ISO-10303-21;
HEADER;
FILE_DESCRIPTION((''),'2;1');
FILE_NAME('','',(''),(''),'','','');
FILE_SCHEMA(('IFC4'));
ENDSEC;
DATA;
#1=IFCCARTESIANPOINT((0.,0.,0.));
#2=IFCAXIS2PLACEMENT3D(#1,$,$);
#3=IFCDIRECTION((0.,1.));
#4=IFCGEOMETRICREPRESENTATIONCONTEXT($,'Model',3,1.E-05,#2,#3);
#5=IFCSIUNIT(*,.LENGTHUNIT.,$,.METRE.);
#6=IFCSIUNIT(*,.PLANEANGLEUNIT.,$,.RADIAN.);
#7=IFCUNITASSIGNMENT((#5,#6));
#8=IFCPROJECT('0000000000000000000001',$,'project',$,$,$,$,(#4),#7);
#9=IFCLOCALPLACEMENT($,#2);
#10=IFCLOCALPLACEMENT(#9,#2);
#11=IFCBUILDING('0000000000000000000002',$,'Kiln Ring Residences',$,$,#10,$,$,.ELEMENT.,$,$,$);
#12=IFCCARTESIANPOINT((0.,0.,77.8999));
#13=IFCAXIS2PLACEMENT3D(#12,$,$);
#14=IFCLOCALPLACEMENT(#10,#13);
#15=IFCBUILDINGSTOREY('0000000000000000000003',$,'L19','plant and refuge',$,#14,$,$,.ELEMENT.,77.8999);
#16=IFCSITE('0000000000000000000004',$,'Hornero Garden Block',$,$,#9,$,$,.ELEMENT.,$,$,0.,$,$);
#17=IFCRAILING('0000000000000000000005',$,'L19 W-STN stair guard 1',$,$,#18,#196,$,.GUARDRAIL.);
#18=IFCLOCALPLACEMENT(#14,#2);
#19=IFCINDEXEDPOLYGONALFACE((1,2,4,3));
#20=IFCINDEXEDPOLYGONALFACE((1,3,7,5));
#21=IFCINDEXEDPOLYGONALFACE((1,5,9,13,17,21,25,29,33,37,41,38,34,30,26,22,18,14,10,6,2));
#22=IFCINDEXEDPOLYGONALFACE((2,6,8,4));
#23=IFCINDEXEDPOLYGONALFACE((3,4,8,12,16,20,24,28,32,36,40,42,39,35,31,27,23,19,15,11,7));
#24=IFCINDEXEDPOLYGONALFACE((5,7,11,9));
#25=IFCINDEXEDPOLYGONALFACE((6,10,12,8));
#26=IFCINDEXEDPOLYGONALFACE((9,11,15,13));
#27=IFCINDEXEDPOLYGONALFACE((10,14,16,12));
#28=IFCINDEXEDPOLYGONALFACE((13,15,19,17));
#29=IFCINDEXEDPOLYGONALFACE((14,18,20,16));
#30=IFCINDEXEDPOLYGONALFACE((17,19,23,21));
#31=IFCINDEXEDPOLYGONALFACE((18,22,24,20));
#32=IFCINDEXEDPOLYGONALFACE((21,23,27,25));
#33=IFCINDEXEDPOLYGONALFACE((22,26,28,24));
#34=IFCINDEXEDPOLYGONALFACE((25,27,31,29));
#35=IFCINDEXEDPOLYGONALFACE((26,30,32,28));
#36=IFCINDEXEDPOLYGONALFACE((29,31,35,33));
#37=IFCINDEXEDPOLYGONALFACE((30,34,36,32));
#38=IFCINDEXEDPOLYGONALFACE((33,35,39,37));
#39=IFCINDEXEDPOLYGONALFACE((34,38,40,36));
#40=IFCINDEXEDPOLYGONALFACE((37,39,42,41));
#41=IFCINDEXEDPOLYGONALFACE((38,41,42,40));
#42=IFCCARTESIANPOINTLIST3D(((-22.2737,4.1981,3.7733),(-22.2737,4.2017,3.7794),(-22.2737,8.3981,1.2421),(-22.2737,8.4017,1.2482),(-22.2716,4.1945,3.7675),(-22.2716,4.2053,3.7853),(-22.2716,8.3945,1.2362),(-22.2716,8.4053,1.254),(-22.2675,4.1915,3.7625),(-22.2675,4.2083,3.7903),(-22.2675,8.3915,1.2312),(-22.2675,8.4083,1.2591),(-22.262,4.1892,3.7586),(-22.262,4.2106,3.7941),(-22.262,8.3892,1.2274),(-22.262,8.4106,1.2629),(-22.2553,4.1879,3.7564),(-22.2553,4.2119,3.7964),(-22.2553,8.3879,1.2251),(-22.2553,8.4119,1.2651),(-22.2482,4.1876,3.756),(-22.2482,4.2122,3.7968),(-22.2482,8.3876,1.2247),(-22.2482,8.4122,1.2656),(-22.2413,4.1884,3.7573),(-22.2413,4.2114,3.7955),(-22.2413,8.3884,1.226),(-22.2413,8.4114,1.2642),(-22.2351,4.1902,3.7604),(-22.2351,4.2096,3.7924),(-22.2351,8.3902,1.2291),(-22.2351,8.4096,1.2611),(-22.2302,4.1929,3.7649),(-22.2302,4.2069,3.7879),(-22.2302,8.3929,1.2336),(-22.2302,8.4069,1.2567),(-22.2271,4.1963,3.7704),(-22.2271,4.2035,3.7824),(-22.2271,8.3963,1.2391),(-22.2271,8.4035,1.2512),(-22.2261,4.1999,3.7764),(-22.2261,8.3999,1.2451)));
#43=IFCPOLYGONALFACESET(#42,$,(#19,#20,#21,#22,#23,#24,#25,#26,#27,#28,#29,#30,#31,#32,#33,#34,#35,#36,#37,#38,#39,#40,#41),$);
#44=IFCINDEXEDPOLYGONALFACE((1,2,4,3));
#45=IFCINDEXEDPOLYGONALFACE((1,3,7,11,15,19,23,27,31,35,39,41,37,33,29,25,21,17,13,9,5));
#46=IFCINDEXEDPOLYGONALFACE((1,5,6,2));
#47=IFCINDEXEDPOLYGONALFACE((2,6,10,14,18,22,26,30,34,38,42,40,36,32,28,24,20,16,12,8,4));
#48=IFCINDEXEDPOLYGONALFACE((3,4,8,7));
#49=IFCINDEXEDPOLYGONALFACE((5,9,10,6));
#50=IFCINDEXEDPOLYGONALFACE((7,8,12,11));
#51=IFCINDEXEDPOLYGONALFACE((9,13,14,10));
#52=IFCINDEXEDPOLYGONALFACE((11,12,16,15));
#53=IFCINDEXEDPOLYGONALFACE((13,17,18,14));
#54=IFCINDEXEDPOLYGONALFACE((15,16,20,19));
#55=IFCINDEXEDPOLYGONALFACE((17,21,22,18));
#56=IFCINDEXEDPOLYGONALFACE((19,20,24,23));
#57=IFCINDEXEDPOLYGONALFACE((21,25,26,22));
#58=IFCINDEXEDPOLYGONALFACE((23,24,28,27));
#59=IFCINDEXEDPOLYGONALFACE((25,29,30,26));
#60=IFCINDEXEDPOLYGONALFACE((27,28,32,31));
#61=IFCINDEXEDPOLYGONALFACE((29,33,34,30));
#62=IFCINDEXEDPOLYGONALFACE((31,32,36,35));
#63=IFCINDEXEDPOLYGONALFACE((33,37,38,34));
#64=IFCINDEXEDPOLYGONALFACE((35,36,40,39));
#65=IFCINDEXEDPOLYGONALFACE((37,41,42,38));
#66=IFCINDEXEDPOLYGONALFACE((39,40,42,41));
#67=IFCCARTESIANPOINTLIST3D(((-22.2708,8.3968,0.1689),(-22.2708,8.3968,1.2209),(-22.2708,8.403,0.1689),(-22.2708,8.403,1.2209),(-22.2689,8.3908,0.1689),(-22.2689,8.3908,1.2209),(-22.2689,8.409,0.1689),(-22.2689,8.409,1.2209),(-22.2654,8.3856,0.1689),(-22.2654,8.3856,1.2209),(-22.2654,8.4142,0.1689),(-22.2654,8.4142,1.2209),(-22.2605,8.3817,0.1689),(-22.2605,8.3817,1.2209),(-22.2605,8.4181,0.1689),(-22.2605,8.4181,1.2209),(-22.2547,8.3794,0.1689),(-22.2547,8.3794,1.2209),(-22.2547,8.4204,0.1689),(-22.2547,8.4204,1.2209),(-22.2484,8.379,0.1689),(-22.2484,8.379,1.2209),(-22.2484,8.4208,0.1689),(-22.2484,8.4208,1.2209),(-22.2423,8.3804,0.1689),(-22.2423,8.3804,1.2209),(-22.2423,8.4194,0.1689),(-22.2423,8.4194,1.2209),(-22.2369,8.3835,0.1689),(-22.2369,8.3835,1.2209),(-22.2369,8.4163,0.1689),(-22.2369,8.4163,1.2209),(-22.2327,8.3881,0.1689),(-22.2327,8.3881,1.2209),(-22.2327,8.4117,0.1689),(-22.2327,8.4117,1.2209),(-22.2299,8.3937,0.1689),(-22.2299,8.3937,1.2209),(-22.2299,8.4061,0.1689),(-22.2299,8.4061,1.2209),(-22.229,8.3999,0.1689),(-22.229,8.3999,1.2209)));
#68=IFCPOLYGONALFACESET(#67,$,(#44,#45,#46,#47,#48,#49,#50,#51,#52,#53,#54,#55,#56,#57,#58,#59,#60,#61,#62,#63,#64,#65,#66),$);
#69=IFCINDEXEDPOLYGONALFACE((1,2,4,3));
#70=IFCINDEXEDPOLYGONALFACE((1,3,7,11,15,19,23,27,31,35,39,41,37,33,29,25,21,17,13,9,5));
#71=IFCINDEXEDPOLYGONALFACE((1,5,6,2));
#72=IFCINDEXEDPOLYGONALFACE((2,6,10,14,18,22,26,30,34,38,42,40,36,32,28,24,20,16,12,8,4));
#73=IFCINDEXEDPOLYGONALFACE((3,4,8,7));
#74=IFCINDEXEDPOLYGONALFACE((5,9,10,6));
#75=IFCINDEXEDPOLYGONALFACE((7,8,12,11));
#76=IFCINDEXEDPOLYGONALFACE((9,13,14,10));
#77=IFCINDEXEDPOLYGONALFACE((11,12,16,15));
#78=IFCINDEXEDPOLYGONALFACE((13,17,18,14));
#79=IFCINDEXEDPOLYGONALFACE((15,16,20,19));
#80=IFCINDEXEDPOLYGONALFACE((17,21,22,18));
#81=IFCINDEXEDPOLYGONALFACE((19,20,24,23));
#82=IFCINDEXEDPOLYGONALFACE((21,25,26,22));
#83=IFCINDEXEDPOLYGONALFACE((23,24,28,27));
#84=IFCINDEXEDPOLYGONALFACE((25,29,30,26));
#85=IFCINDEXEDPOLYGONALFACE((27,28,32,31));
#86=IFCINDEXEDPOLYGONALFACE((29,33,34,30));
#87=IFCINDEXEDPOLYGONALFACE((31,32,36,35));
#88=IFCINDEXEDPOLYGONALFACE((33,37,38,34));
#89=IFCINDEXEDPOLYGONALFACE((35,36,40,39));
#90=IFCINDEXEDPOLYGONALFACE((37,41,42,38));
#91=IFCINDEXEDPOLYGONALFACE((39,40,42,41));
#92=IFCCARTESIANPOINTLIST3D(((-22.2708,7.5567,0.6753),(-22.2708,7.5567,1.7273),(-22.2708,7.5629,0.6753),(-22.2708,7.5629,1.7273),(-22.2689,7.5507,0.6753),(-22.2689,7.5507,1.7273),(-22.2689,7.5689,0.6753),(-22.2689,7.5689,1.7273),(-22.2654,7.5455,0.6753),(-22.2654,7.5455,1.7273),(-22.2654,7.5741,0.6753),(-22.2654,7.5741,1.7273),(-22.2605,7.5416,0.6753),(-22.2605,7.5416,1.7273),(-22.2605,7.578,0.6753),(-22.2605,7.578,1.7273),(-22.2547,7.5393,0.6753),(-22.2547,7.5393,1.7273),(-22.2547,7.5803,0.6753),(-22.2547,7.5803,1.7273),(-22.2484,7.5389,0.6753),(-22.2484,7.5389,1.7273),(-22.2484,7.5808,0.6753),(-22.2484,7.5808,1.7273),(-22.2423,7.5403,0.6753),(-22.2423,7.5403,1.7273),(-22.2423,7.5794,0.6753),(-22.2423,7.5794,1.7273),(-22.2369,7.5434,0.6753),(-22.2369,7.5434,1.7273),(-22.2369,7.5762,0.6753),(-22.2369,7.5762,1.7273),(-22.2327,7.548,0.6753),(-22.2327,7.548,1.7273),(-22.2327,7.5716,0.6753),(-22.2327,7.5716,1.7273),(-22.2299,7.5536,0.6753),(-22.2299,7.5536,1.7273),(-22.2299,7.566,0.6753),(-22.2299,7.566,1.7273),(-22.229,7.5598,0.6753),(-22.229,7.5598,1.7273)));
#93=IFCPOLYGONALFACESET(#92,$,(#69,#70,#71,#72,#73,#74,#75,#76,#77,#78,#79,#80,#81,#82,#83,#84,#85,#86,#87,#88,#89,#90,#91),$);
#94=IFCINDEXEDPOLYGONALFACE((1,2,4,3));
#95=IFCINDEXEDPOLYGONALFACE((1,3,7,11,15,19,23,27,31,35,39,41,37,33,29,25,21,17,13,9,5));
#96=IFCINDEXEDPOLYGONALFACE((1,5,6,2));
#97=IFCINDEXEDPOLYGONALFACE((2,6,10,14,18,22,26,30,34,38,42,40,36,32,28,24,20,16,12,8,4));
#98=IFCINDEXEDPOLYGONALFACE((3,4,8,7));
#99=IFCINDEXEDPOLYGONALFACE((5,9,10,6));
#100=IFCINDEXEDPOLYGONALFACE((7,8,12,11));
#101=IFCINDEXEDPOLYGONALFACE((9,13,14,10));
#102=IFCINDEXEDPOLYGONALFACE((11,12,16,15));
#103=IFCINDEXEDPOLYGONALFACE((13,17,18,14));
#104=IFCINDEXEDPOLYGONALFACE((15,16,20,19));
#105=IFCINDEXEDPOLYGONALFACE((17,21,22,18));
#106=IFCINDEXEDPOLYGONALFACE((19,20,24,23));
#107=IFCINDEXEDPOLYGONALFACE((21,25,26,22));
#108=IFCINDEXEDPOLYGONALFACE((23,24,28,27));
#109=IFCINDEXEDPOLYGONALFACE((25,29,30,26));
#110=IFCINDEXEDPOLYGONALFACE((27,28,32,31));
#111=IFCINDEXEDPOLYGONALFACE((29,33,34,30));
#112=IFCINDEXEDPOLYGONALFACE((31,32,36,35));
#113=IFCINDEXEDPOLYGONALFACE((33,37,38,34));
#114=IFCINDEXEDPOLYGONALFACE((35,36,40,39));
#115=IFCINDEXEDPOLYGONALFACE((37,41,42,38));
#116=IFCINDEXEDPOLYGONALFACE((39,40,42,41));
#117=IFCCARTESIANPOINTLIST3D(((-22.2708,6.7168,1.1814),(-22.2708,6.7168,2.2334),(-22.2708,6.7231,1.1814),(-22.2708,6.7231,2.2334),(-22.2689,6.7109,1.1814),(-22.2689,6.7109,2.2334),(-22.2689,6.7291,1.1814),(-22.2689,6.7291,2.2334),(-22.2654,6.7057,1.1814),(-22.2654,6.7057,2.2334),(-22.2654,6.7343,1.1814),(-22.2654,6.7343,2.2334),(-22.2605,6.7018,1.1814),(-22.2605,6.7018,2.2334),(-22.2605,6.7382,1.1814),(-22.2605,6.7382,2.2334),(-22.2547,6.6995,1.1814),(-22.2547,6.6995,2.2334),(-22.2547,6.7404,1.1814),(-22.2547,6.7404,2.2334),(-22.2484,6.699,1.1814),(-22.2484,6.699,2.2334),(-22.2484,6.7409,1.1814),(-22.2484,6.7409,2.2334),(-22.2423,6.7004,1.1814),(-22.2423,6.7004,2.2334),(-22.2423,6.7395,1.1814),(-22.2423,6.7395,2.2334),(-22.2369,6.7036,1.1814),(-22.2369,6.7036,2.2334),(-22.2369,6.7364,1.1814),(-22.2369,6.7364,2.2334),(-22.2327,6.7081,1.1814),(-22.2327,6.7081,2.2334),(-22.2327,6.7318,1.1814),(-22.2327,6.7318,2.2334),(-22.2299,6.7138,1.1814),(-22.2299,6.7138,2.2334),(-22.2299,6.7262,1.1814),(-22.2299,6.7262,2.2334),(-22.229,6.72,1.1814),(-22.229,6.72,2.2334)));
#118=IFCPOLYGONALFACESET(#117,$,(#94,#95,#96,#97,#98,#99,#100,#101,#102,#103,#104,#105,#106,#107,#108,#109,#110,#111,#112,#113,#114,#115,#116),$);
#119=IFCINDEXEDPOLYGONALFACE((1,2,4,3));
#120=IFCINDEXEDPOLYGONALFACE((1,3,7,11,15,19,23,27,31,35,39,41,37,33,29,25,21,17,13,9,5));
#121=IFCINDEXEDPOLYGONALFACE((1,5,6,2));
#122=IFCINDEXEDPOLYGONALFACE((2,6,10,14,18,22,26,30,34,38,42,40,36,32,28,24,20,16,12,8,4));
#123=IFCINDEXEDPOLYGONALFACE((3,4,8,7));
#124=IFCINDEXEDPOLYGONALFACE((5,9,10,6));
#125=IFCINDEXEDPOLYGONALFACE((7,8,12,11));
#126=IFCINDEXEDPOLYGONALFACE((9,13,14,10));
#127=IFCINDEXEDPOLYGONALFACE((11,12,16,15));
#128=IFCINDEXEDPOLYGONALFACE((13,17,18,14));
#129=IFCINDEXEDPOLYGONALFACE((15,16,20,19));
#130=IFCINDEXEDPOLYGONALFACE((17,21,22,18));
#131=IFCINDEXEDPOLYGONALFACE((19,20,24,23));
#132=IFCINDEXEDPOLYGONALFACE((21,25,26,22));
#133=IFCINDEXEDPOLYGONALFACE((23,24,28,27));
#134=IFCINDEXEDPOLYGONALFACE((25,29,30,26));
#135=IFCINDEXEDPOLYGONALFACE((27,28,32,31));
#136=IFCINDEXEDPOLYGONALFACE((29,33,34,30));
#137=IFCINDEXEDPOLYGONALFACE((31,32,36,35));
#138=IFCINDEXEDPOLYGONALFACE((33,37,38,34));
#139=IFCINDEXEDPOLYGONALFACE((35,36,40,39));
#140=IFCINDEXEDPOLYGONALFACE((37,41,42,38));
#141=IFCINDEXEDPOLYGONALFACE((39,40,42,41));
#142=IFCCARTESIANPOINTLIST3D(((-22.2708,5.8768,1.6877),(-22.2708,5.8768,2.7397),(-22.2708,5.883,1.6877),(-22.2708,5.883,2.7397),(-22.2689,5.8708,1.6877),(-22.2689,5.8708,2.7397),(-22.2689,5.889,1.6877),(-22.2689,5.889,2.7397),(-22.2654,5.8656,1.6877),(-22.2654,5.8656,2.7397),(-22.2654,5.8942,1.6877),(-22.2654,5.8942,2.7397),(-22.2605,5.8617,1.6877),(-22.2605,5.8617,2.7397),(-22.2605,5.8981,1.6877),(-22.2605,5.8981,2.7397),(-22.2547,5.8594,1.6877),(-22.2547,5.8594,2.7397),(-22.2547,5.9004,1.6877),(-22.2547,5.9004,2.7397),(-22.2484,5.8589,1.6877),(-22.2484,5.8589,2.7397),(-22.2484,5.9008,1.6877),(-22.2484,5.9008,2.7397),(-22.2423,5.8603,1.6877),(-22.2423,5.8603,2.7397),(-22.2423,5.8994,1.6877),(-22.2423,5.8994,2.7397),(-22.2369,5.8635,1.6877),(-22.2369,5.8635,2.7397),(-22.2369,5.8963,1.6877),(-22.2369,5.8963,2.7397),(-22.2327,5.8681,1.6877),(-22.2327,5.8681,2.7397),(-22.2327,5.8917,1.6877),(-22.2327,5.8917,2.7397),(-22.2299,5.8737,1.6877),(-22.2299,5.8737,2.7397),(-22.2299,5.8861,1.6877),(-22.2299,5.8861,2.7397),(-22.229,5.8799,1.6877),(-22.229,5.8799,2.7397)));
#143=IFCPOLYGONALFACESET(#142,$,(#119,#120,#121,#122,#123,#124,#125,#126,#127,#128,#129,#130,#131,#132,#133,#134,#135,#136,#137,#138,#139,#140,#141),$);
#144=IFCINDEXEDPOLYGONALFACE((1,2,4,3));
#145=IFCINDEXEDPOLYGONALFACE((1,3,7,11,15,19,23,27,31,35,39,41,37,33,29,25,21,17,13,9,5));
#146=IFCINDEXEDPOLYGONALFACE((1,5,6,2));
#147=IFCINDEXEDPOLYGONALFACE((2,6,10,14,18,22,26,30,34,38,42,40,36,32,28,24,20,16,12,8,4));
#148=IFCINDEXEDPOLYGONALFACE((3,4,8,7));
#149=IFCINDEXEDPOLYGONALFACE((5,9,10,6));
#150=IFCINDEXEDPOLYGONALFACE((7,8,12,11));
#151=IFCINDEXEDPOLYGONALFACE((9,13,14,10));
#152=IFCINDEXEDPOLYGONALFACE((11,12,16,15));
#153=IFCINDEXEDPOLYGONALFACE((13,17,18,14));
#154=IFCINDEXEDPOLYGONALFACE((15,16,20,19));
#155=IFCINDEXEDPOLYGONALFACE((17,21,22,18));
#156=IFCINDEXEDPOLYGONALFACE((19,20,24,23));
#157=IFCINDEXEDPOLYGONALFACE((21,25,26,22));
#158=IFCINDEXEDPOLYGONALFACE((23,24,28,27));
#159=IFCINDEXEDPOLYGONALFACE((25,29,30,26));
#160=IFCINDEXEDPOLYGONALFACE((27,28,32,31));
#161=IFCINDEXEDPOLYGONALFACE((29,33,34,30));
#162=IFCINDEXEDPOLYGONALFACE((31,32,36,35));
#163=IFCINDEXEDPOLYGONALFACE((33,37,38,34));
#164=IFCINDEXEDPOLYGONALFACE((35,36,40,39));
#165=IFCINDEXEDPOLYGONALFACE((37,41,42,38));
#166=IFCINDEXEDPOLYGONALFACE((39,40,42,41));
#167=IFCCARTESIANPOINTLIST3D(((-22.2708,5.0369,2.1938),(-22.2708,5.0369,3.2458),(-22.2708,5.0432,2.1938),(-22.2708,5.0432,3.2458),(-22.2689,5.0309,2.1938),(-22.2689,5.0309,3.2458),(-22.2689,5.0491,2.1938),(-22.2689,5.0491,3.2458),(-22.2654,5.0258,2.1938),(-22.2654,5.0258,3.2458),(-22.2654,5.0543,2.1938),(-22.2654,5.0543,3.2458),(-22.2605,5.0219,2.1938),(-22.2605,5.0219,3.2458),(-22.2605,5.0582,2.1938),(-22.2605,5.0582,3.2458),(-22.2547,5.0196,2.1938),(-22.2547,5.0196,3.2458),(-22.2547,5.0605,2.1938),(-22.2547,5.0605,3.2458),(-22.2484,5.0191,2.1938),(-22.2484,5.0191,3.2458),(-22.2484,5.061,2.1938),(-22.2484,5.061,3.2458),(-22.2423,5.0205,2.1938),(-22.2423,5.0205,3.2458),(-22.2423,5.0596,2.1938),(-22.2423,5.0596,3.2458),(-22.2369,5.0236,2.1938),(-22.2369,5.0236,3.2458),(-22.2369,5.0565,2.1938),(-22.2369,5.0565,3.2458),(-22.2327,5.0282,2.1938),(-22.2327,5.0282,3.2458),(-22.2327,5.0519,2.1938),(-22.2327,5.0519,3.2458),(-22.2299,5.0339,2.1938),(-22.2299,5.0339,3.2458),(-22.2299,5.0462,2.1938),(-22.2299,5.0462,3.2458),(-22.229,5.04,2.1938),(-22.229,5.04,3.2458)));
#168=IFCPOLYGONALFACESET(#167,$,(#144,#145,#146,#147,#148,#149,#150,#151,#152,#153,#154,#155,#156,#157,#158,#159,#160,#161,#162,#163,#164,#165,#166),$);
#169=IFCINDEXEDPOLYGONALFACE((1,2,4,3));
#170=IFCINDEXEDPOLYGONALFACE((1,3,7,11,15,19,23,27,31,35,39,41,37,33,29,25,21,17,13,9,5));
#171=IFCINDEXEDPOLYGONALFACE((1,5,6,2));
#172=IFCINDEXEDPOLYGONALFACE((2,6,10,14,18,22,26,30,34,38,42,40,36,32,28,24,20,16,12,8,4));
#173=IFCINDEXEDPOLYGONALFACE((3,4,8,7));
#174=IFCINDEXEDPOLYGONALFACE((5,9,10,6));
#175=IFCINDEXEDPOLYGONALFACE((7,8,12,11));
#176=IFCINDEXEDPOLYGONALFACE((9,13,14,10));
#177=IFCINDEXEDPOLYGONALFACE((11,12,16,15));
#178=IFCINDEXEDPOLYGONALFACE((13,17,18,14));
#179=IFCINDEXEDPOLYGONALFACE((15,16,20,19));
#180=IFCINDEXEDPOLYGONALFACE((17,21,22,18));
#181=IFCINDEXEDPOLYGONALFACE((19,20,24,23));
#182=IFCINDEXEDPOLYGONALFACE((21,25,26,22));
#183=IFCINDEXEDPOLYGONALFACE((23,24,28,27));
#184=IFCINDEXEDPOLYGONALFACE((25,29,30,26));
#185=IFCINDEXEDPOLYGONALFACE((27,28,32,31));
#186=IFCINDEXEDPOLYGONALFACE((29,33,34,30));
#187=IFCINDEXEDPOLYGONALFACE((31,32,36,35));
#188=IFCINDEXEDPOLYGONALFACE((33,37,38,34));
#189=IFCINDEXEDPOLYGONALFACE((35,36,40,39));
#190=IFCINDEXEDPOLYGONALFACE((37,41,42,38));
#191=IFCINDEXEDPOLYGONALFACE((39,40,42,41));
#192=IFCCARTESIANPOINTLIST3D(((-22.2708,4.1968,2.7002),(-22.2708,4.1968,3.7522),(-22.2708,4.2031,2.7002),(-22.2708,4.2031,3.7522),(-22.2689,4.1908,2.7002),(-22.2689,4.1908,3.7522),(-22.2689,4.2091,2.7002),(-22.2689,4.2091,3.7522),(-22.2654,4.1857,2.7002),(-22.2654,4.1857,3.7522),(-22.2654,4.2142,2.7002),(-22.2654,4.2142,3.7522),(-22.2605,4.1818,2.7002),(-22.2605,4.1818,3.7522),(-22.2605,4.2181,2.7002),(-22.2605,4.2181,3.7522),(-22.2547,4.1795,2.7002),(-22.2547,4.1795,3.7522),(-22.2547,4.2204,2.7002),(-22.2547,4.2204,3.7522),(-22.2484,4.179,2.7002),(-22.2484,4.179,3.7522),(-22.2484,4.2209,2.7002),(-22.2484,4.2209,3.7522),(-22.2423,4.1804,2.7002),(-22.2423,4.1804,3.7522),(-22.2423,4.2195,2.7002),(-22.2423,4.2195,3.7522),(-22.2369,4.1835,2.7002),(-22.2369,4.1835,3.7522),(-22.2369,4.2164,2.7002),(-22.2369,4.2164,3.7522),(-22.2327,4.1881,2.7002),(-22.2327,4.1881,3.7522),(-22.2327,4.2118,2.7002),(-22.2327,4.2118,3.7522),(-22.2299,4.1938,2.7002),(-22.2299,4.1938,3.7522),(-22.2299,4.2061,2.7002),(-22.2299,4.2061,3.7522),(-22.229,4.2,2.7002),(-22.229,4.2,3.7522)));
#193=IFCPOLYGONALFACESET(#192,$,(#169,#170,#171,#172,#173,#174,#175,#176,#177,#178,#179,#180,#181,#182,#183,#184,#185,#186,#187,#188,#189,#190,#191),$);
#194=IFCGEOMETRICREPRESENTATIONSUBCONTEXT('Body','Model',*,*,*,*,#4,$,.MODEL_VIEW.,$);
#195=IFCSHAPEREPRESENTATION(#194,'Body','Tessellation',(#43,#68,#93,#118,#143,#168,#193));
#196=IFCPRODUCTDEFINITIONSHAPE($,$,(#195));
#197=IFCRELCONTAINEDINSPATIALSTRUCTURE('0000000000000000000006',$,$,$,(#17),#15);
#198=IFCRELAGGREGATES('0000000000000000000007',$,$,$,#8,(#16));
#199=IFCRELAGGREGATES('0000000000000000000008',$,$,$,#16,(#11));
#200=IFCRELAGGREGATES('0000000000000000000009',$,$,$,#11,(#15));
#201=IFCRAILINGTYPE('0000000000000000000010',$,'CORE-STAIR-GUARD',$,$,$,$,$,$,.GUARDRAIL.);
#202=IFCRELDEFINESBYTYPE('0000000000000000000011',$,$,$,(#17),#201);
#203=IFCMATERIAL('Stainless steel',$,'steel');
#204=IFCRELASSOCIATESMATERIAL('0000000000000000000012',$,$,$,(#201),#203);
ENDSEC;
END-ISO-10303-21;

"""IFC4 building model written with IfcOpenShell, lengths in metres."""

from ifc_helpers import new_model, si_unit, direction, frame, origin, origin_2d, place, context, subcontext, project, spatial, circle, extrude, material, type_object, element, save


model = new_model("IFC4")

# Units and contexts
model_context = context("Model", 3, precision=1e-05, world=origin(), true_north=direction((0.0, 1.0)))
body_context = subcontext(model_context, "Body", "Model", "MODEL_VIEW")
ifc_project = project(units=[si_unit("LENGTHUNIT", "METRE"), si_unit("PLANEANGLEUNIT", "RADIAN")], contexts=[model_context])

# Site, building, storey
site_placement = place(None, origin())
site = spatial("IfcSite", under=ifc_project, at=site_placement, Name="Hornero Garden Block", CompositionType="ELEMENT", RefElevation=0.0)
building_placement = place(site_placement, origin())
building = spatial("IfcBuilding", under=site, at=building_placement, Name="Kiln Ring Residences", CompositionType="ELEMENT")
storey_placement = place(building_placement, frame((0.0, 0.0, 77.8999)))
storey = spatial("IfcBuildingStorey", under=building, at=storey_placement, Name="L19", Description="plant and refuge", CompositionType="ELEMENT", Elevation=77.8999)

# Railing
ifc_material_1 = material(Name="Stainless steel", Category="steel")
railing_type_1 = type_object("IfcRailingType", Name="CORE-STAIR-GUARD", PredefinedType="GUARDRAIL", material=ifc_material_1)
railing_1_placement = place(storey_placement, frame((-22.25, 8.3999, 0.1689)))
element("IfcRailing", 1, at=railing_1_placement, inside=storey, type_object=railing_type_1, Name="L19 W-STN stair guard 1", PredefinedType="GUARDRAIL", context=body_context, shape_type="SweptSolid", body=[
    extrude(circle(Radius=0.0239, at=origin_2d()), frame((0.0, 0.0, 1.0762), z_axis=(0.0, -0.856476, 0.516186), x_axis=(1.0, 0.0, 0.0)), (0.0, 0.0, 1.0), 4.9038),
    extrude(circle(Radius=0.021, at=origin_2d()), origin(), (0.0, 0.0, 1.0), 1.052),
    extrude(circle(Radius=0.021, at=origin_2d()), frame((0.0, -0.8401, 0.5063)), (0.0, 0.0, 1.0), 1.052),
    extrude(circle(Radius=0.021, at=origin_2d()), frame((0.0, -1.6799, 1.0125)), (0.0, 0.0, 1.0), 1.052),
    extrude(circle(Radius=0.021, at=origin_2d()), frame((0.0, -2.52, 1.5188)), (0.0, 0.0, 1.0), 1.052),
    extrude(circle(Radius=0.021, at=origin_2d()), frame((0.0, -3.3599, 2.0249)), (0.0, 0.0, 1.0), 1.052),
    extrude(circle(Radius=0.021, at=origin_2d()), frame((0.0, -4.2, 2.5312)), (0.0, 0.0, 1.0), 1.052),
])

save(model, "model.ifc")
